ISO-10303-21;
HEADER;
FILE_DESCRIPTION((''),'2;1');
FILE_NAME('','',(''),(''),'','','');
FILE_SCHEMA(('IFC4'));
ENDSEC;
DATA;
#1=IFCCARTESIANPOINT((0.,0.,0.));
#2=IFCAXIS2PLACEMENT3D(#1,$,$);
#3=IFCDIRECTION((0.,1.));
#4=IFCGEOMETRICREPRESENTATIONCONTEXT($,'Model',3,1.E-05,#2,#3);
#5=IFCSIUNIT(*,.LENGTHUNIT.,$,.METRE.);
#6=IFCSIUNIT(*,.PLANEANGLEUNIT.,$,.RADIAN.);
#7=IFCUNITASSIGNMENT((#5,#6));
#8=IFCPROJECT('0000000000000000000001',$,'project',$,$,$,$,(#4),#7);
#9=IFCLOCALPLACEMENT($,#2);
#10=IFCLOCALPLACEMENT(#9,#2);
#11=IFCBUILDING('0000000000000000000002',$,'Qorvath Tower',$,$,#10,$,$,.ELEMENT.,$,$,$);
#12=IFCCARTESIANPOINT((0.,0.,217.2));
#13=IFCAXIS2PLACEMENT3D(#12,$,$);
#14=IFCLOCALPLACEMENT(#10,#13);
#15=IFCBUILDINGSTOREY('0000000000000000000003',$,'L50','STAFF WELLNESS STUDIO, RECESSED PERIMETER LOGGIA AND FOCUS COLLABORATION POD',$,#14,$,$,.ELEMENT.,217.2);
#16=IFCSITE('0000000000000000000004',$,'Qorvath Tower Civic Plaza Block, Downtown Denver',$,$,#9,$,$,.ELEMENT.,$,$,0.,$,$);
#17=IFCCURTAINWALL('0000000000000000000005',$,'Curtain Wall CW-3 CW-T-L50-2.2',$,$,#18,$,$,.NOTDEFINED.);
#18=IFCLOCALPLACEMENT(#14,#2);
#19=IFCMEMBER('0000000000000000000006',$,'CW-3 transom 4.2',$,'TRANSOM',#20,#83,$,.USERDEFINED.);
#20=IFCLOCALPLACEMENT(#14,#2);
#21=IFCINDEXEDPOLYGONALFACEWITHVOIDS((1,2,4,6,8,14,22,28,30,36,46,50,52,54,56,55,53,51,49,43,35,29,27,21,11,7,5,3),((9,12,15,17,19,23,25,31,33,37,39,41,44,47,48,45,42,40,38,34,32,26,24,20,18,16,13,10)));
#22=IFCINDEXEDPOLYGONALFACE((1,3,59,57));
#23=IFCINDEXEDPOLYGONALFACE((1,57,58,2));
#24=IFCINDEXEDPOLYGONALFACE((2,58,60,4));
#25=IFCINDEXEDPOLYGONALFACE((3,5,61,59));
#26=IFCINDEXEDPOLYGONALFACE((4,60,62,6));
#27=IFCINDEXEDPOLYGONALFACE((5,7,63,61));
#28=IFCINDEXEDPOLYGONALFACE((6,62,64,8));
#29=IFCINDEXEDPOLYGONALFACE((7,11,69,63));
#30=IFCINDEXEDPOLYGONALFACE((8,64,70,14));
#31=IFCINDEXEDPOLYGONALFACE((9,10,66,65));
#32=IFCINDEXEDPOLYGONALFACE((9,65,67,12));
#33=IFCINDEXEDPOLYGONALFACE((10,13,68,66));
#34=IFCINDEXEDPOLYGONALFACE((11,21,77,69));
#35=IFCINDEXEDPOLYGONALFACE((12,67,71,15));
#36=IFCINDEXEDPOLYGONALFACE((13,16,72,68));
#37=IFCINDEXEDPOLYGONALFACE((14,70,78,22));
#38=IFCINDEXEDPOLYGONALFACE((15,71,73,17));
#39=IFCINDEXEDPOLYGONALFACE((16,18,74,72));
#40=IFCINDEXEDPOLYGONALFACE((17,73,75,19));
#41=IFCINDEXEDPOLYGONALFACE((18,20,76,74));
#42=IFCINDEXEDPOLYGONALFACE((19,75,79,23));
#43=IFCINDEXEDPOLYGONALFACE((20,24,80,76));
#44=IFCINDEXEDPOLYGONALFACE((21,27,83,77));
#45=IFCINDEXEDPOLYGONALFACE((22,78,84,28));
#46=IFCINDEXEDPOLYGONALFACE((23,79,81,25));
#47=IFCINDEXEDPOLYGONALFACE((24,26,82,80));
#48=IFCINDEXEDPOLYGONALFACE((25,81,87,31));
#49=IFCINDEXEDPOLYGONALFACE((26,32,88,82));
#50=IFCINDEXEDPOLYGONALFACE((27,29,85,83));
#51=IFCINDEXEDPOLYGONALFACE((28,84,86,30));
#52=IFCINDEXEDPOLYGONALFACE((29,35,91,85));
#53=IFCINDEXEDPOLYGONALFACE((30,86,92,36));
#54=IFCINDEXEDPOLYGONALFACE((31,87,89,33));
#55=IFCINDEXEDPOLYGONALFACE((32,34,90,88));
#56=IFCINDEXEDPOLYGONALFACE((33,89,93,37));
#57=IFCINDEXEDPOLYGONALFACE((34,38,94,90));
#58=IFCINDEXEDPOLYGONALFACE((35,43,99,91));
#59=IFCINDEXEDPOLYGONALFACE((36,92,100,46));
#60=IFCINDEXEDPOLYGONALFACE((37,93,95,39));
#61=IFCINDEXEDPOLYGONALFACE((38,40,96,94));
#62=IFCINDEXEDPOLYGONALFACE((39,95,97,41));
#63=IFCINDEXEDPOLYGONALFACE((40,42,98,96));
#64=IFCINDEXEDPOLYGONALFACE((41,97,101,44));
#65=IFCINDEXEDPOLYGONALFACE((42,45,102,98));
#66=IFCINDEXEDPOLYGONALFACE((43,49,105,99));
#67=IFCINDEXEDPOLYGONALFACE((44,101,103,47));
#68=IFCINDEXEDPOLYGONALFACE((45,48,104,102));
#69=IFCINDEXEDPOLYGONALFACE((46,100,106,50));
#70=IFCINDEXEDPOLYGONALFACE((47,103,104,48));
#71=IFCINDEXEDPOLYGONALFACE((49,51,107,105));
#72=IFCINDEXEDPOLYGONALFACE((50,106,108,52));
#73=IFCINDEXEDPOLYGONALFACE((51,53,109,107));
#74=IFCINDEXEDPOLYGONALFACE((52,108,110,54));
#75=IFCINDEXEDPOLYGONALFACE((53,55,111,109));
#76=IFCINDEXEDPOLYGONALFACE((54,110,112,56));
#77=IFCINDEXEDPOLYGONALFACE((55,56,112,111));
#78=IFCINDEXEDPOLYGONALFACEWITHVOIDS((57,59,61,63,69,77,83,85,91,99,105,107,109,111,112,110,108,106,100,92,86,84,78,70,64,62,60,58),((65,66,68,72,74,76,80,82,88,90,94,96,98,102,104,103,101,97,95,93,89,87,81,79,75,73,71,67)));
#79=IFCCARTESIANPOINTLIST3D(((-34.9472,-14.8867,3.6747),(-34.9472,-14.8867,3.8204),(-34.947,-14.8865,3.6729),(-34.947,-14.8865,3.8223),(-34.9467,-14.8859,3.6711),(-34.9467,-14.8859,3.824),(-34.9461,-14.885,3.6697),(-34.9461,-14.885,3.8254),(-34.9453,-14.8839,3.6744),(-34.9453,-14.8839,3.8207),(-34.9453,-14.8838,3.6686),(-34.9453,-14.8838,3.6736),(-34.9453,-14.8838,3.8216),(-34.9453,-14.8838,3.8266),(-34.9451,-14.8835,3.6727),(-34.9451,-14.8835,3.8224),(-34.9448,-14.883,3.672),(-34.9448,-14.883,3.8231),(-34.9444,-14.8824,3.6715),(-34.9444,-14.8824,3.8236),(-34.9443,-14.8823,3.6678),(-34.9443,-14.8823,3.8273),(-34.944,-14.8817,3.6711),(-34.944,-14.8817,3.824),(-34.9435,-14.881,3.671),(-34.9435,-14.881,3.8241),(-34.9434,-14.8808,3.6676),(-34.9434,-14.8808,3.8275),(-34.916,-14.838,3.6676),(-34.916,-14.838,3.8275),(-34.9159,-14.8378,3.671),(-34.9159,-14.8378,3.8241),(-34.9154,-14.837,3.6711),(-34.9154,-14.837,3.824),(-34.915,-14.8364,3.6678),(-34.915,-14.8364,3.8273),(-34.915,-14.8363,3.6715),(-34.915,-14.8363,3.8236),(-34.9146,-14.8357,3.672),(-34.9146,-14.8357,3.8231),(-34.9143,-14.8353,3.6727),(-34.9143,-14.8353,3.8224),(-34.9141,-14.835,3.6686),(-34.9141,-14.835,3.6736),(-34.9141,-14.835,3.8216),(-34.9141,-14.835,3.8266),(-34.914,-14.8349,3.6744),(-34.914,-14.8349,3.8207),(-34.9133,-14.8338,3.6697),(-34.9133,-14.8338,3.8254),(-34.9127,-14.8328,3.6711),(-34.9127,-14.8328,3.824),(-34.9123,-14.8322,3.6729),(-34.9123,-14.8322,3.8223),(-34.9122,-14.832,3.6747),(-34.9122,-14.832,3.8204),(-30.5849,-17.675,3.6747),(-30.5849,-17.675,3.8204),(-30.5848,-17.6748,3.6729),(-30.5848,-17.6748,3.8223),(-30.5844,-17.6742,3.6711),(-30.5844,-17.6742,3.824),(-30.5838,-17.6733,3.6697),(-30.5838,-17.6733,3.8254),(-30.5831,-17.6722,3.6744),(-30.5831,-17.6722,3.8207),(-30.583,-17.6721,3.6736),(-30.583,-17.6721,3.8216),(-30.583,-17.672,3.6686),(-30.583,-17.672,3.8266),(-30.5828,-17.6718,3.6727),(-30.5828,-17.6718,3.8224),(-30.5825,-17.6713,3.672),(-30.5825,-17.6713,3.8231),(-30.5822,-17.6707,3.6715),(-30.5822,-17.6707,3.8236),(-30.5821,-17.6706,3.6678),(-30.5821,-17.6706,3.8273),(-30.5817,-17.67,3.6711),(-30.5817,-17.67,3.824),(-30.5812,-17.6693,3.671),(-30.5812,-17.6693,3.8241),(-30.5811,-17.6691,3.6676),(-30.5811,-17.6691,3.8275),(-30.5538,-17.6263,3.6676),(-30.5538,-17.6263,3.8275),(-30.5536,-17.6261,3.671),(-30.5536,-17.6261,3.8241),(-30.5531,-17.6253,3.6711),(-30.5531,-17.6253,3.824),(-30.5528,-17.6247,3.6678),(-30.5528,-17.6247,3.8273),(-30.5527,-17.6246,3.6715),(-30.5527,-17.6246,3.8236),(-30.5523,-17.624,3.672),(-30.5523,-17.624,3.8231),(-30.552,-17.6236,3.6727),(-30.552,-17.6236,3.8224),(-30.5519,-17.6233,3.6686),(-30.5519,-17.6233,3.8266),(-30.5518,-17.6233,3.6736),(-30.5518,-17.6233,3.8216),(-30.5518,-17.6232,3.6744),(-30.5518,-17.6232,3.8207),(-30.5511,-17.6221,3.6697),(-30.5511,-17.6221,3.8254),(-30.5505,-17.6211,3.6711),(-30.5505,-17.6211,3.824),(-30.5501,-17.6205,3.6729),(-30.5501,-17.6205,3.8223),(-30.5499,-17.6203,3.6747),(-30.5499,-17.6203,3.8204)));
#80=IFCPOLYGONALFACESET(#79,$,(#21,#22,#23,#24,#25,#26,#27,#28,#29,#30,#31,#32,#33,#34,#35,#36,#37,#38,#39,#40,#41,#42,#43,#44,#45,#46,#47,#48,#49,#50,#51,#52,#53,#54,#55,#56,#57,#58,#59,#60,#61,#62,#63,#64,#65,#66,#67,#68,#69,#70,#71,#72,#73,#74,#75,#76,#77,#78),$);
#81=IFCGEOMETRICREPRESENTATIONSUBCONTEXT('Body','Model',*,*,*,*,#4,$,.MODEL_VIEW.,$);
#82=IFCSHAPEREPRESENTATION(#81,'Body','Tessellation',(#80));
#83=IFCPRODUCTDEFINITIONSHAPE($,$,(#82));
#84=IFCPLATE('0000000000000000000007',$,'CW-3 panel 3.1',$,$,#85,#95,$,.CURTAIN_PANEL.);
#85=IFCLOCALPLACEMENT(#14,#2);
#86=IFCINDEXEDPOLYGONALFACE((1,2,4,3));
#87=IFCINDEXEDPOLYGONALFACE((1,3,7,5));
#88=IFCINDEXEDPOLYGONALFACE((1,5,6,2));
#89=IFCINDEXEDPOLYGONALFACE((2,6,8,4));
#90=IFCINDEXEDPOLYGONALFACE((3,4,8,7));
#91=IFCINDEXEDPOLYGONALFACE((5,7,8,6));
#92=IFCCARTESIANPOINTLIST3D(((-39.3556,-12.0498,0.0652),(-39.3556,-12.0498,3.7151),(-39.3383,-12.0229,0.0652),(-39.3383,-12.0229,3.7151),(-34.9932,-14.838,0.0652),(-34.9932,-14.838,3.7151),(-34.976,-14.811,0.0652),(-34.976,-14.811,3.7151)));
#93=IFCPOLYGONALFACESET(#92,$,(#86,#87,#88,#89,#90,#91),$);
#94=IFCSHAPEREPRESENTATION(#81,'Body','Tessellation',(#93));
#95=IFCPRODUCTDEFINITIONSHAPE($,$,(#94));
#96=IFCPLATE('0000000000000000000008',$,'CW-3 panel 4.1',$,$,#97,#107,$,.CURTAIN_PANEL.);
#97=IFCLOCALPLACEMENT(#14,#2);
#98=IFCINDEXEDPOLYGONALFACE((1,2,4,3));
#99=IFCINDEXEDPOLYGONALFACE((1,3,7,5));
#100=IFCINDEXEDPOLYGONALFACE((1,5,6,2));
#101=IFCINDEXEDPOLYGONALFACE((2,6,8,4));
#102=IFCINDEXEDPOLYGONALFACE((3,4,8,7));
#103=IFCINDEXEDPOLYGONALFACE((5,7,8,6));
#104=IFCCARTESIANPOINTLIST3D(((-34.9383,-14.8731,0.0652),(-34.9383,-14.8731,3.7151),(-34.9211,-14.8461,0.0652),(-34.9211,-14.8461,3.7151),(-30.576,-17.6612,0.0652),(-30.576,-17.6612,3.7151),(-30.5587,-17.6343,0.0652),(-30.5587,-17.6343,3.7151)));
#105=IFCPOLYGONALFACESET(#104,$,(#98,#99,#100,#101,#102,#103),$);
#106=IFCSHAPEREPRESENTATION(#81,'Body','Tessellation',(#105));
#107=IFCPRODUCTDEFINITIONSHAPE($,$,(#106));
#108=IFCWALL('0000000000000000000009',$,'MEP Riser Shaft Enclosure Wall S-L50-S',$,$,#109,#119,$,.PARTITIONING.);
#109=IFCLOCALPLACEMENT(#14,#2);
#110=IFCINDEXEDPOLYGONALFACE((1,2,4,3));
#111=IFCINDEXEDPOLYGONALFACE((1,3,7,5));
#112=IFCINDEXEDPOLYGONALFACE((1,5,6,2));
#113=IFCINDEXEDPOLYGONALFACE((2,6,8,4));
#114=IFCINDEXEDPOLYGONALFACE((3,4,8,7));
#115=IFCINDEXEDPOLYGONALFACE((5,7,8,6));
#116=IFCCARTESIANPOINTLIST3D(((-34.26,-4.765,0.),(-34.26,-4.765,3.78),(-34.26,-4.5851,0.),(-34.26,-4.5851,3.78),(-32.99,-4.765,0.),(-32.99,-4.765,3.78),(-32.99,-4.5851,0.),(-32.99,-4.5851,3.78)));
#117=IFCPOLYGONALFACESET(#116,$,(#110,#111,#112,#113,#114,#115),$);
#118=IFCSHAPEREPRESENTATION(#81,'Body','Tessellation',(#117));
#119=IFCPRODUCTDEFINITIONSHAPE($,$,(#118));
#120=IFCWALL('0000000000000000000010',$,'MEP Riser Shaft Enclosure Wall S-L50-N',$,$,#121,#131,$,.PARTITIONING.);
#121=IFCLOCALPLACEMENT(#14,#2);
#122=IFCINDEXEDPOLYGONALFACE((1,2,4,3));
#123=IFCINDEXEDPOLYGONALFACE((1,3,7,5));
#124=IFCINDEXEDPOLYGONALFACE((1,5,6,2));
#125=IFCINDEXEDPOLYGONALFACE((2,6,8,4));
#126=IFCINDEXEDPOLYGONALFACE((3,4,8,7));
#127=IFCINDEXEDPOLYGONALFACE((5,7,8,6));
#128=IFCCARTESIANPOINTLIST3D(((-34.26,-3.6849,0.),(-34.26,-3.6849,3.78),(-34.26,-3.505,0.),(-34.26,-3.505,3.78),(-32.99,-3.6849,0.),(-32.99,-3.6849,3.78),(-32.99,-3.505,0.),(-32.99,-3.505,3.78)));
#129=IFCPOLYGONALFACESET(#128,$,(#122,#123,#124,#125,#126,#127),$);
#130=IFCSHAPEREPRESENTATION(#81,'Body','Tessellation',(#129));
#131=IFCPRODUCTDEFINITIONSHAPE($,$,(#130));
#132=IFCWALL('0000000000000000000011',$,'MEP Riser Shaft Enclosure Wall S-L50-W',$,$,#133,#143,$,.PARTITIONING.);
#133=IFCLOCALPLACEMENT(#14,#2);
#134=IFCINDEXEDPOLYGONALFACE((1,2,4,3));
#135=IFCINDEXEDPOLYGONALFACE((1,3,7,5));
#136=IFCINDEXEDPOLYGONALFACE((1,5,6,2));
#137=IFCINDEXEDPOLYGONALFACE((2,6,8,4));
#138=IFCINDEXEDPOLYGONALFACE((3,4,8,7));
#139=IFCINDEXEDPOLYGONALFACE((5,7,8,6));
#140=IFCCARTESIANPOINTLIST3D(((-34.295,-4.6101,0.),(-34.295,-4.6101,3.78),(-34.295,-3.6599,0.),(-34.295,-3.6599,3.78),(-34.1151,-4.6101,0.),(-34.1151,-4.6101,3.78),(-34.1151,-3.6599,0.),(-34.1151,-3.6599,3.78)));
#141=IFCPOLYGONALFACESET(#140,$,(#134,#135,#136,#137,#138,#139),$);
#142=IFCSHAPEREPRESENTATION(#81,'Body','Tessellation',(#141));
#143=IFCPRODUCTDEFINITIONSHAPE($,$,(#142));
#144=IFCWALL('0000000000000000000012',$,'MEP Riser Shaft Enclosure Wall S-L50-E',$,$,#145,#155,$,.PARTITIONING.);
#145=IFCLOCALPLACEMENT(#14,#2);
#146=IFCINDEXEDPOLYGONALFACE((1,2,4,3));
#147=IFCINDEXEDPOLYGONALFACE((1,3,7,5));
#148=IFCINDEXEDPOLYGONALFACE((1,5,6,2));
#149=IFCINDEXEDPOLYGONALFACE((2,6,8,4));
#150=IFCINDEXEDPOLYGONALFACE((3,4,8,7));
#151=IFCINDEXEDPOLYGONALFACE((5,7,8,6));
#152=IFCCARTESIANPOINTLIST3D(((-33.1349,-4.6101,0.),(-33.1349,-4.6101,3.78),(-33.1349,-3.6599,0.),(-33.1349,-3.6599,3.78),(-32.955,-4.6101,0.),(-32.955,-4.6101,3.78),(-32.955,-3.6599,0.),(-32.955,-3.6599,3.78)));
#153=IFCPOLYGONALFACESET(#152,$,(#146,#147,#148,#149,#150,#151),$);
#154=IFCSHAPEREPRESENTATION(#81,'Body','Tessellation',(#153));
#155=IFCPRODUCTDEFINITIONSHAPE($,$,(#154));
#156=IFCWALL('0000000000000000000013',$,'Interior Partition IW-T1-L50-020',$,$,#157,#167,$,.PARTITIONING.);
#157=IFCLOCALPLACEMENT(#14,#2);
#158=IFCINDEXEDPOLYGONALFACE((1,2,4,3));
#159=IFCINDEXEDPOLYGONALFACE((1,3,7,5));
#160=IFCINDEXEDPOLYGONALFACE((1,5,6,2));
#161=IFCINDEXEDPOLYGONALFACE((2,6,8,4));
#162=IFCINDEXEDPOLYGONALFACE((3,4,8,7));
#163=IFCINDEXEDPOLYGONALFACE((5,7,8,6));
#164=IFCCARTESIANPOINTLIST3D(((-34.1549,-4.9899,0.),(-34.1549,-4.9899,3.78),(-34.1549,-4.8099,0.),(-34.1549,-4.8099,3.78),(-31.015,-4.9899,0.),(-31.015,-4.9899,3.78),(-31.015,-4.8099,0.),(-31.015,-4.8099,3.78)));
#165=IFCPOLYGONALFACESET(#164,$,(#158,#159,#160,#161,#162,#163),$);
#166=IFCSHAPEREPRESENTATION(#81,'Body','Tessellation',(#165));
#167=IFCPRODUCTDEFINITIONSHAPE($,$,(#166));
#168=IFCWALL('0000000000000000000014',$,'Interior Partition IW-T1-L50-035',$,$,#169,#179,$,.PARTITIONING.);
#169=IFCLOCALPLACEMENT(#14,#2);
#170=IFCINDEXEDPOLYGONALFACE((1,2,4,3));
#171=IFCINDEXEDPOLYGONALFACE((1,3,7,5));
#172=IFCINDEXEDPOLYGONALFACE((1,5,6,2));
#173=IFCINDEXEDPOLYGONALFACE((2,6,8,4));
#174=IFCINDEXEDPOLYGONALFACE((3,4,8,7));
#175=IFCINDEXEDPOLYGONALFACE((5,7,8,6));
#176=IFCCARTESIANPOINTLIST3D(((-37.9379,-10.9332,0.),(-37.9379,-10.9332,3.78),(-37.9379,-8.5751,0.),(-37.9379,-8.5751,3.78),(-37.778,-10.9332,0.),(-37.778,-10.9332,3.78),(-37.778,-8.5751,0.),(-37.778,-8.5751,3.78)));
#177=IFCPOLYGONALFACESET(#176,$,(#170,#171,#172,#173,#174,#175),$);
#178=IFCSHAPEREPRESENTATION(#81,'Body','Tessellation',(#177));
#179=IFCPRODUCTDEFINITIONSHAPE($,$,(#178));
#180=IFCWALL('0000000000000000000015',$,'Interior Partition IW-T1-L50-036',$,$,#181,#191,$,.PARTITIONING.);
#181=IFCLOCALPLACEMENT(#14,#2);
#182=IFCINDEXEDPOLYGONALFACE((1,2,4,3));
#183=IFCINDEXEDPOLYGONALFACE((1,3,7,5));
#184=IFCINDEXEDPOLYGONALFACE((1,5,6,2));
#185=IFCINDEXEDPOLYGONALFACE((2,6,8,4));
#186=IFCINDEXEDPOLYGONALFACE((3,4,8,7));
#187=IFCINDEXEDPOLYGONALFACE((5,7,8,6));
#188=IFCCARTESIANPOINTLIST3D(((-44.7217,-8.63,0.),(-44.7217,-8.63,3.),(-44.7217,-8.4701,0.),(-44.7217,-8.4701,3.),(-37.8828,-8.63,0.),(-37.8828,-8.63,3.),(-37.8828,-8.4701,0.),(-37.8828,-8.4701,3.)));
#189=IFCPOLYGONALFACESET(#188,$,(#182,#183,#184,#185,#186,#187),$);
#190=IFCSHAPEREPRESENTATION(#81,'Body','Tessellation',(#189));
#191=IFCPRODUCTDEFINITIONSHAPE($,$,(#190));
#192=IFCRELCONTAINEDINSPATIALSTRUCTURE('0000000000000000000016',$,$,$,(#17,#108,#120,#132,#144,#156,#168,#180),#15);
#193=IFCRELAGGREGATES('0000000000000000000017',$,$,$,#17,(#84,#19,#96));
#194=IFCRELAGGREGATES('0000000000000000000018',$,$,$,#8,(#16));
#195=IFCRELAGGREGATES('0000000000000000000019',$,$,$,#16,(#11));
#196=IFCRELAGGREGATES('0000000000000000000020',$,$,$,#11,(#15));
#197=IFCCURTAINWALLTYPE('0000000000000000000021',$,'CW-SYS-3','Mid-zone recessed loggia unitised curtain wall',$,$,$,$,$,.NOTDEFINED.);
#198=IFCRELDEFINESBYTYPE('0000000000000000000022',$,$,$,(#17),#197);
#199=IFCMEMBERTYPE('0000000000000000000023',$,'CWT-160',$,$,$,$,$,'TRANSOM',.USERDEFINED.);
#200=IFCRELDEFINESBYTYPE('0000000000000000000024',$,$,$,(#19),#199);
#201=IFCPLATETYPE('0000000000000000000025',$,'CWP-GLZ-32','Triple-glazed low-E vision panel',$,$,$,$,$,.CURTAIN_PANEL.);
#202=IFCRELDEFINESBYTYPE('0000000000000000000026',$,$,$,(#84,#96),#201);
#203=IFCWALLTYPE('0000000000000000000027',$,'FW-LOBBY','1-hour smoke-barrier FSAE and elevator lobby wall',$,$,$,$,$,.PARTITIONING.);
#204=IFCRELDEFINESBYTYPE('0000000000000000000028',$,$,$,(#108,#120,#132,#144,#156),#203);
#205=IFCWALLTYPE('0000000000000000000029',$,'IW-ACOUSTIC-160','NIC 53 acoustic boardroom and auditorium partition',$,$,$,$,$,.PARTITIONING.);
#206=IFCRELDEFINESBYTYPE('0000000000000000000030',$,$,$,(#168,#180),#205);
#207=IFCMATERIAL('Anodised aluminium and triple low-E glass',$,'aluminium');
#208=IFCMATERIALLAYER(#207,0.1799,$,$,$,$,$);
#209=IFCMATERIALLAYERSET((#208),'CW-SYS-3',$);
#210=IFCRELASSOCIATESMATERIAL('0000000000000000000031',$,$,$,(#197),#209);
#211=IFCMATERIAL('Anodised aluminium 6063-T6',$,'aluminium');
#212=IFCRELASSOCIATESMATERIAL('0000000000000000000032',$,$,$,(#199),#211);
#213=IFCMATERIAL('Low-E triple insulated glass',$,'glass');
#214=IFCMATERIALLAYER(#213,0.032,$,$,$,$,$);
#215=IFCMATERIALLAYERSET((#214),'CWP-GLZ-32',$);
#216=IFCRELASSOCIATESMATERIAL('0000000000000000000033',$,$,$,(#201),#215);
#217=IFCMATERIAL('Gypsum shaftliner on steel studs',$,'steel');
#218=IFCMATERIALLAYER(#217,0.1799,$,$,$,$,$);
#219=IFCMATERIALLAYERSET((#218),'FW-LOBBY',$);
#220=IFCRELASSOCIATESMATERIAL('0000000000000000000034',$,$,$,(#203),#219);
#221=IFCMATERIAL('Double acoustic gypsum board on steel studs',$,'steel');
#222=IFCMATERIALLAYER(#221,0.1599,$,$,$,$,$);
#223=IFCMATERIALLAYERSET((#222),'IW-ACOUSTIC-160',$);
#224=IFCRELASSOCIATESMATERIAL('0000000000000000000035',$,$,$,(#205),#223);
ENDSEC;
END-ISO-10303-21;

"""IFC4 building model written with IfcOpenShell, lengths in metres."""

from ifc_helpers import new_model, si_unit, direction, frame, frame_2d, origin, origin_2d, place, context, subcontext, project, spatial, rectangle, hollow_rectangle, extrude, material, layer, layer_set, material_profile, profile_set, type_object, element, aggregate, save


model = new_model("IFC4")

# Units and contexts
model_context = context("Model", 3, precision=1e-05, world=origin(), true_north=direction((0.0, 1.0)))
body_context = subcontext(model_context, "Body", "Model", "MODEL_VIEW")
ifc_project = project(units=[si_unit("LENGTHUNIT", "METRE"), si_unit("PLANEANGLEUNIT", "RADIAN")], contexts=[model_context])

# Site, building, storey
site_placement = place(None, origin())
site = spatial("IfcSite", under=ifc_project, at=site_placement, Name="Qorvath Tower Civic Plaza Block, Downtown Denver", CompositionType="ELEMENT", RefElevation=0.0)
building_placement = place(site_placement, origin())
building = spatial("IfcBuilding", under=site, at=building_placement, Name="Qorvath Tower", CompositionType="ELEMENT")
storey_placement = place(building_placement, frame((0.0, 0.0, 217.2)))
storey = spatial("IfcBuildingStorey", under=building, at=storey_placement, Name="L50", Description="STAFF WELLNESS STUDIO, RECESSED PERIMETER LOGGIA AND FOCUS COLLABORATION POD", CompositionType="ELEMENT", Elevation=217.2)

# Curtain wall, member, plates
ifc_material_1 = material(Name="Anodised aluminium and triple low-E glass", Category="aluminium")
ifc_layer_1 = layer(ifc_material_1, 0.1799)
ifc_layer_set_1 = layer_set([ifc_layer_1], Name="CW-SYS-3")
curtain_wall_type = type_object("IfcCurtainWallType", Name="CW-SYS-3", Description="Mid-zone recessed loggia unitised curtain wall", PredefinedType="NOTDEFINED", material=ifc_layer_set_1)
curtain_wall_placement = place(storey_placement, origin())
curtain_wall = element("IfcCurtainWall", 1, at=curtain_wall_placement, inside=storey, type_object=curtain_wall_type, Name="Curtain Wall CW-3 CW-T-L50-2.2", PredefinedType="NOTDEFINED")
ifc_material_2 = material(Name="Anodised aluminium 6063-T6", Category="aluminium")
ifc_material_profile_1 = material_profile(ifc_material_2, hollow_rectangle(XDim=0.0649, YDim=0.1599, WallThickness=0.0034, InnerFilletRadius=0.0034, OuterFilletRadius=0.0071, at=origin_2d()), Name="CWT 160x65")
ifc_profile_set_1 = profile_set([ifc_material_profile_1], Name="Anodised aluminium 6063-T6")
member_type_1 = type_object("IfcMemberType", Name="CWT-160", ElementType="TRANSOM", PredefinedType="USERDEFINED", material=ifc_profile_set_1)
member_1_placement = place(storey_placement, frame((-34.9297, -14.8594, 3.7476), z_axis=(0.842582, -0.538568, 0.0), x_axis=(0.538568, 0.842582, 0.0)))
member_1 = element("IfcMember", 2, at=member_1_placement, type_object=member_type_1, Name="CW-3 transom 4.2", ObjectType="TRANSOM", PredefinedType="USERDEFINED", context=body_context, shape_type="SweptSolid", body=[
    extrude(hollow_rectangle(XDim=0.0649, YDim=0.1599, WallThickness=0.0034, InnerFilletRadius=0.0034, OuterFilletRadius=0.0071, at=origin_2d()), origin(), (0.0, 0.0, 1.0), 5.1772),
])
ifc_material_3 = material(Name="Low-E triple insulated glass", Category="glass")
ifc_layer_2 = layer(ifc_material_3, 0.032)
ifc_layer_set_2 = layer_set([ifc_layer_2], Name="CWP-GLZ-32")
plate_type = type_object("IfcPlateType", Name="CWP-GLZ-32", Description="Triple-glazed low-E vision panel", PredefinedType="CURTAIN_PANEL", material=ifc_layer_set_2)
plate_1_placement = place(storey_placement, frame((-37.1658, -13.4304, 0.0652), z_axis=(0.0, 0.0, 1.0), x_axis=(0.842603, -0.538535, 0.0)))
plate_1 = element("IfcPlate", 3, at=plate_1_placement, type_object=plate_type, Name="CW-3 panel 3.1", PredefinedType="CURTAIN_PANEL", context=body_context, shape_type="SweptSolid", body=[
    extrude(rectangle(XDim=5.1772, YDim=0.032, at=origin_2d()), origin(), (0.0, 0.0, 1.0), 3.6499),
])
plate_2_placement = place(storey_placement, frame((-32.7485, -16.2537, 0.0652), z_axis=(0.0, 0.0, 1.0), x_axis=(0.842603, -0.538535, 0.0)))
plate_2 = element("IfcPlate", 4, at=plate_2_placement, type_object=plate_type, Name="CW-3 panel 4.1", PredefinedType="CURTAIN_PANEL", context=body_context, shape_type="SweptSolid", body=[
    extrude(rectangle(XDim=5.1772, YDim=0.032, at=origin_2d()), origin(), (0.0, 0.0, 1.0), 3.6499),
])
aggregate(curtain_wall, [plate_1, member_1, plate_2])

# Walls
ifc_material_4 = material(Name="Gypsum shaftliner on steel studs", Category="steel")
ifc_layer_3 = layer(ifc_material_4, 0.1799)
ifc_layer_set_3 = layer_set([ifc_layer_3], Name="FW-LOBBY")
wall_type_1 = type_object("IfcWallType", Name="FW-LOBBY", Description="1-hour smoke-barrier FSAE and elevator lobby wall", PredefinedType="PARTITIONING", material=ifc_layer_set_3)
for number, where, z_axis, x_axis, name in (
    (5, (-32.99, -4.675, 0.0), (0.0, 0.0, 1.0), (-1.0, 0.0, 0.0), "MEP Riser Shaft Enclosure Wall S-L50-S"),
    (6, (-34.26, -3.595, 0.0), (0.0, 0.0, 1.0), (1.0, 0.0, 0.0), "MEP Riser Shaft Enclosure Wall S-L50-N"),
):
    element("IfcWall", number, at=place(storey_placement, frame(where, z_axis=z_axis, x_axis=x_axis)), inside=storey, type_object=wall_type_1, Name=name, PredefinedType="PARTITIONING", context=body_context, shape_type="SweptSolid", body=[
        extrude(rectangle(XDim=1.27, YDim=0.1799, at=frame_2d((0.635, 0.0))), origin(), (0.0, 0.0, 1.0), 3.78),
    ])
for number, where, z_axis, x_axis, name in (
    (7, (-34.2051, -4.6101, 0.0), (0.0, 0.0, 1.0), (0.0, 1.0, 0.0), "MEP Riser Shaft Enclosure Wall S-L50-W"),
    (8, (-33.0449, -3.6599, 0.0), (0.0, 0.0, 1.0), (0.0, -1.0, 0.0), "MEP Riser Shaft Enclosure Wall S-L50-E"),
):
    element("IfcWall", number, at=place(storey_placement, frame(where, z_axis=z_axis, x_axis=x_axis)), inside=storey, type_object=wall_type_1, Name=name, PredefinedType="PARTITIONING", context=body_context, shape_type="SweptSolid", body=[
        extrude(rectangle(XDim=0.9502, YDim=0.1799, at=frame_2d((0.4751, 0.0))), origin(), (0.0, 0.0, 1.0), 3.78),
    ])
wall_1_placement = place(storey_placement, frame((-34.1548, -4.8999, 0.0), z_axis=(0.0, 0.0, 1.0), x_axis=(1.0, 0.0, 0.0)))
element("IfcWall", 9, at=wall_1_placement, inside=storey, type_object=wall_type_1, Name="Interior Partition IW-T1-L50-020", PredefinedType="PARTITIONING", context=body_context, shape_type="SweptSolid", body=[
    extrude(rectangle(XDim=3.1399, YDim=0.1799, at=frame_2d((1.5698, 0.0))), origin(), (0.0, 0.0, 1.0), 3.78),
])
ifc_material_5 = material(Name="Double acoustic gypsum board on steel studs", Category="steel")
ifc_layer_4 = layer(ifc_material_5, 0.1599)
ifc_layer_set_4 = layer_set([ifc_layer_4], Name="IW-ACOUSTIC-160")
wall_type_2 = type_object("IfcWallType", Name="IW-ACOUSTIC-160", Description="NIC 53 acoustic boardroom and auditorium partition", PredefinedType="PARTITIONING", material=ifc_layer_set_4)
wall_2_placement = place(storey_placement, frame((-37.8579, -8.575, 0.0), z_axis=(0.0, 0.0, 1.0), x_axis=(0.0, -1.0, 0.0)))
element("IfcWall", 10, at=wall_2_placement, inside=storey, type_object=wall_type_2, Name="Interior Partition IW-T1-L50-035", PredefinedType="PARTITIONING", context=body_context, shape_type="SweptSolid", body=[
    extrude(rectangle(XDim=2.3582, YDim=0.1599, at=frame_2d((1.1792, 0.0))), origin(), (0.0, 0.0, 1.0), 3.78),
])
wall_3_placement = place(storey_placement, frame((-37.8828, -8.55, 0.0), z_axis=(0.0, 0.0, 1.0), x_axis=(-1.0, 0.0, 0.0)))
element("IfcWall", 11, at=wall_3_placement, inside=storey, type_object=wall_type_2, Name="Interior Partition IW-T1-L50-036", PredefinedType="PARTITIONING", context=body_context, shape_type="SweptSolid", body=[
    extrude(rectangle(XDim=6.8389, YDim=0.1599, at=frame_2d((3.4194, 0.0))), origin(), (0.0, 0.0, 1.0), 3.0),
])

save(model, "model.ifc")
